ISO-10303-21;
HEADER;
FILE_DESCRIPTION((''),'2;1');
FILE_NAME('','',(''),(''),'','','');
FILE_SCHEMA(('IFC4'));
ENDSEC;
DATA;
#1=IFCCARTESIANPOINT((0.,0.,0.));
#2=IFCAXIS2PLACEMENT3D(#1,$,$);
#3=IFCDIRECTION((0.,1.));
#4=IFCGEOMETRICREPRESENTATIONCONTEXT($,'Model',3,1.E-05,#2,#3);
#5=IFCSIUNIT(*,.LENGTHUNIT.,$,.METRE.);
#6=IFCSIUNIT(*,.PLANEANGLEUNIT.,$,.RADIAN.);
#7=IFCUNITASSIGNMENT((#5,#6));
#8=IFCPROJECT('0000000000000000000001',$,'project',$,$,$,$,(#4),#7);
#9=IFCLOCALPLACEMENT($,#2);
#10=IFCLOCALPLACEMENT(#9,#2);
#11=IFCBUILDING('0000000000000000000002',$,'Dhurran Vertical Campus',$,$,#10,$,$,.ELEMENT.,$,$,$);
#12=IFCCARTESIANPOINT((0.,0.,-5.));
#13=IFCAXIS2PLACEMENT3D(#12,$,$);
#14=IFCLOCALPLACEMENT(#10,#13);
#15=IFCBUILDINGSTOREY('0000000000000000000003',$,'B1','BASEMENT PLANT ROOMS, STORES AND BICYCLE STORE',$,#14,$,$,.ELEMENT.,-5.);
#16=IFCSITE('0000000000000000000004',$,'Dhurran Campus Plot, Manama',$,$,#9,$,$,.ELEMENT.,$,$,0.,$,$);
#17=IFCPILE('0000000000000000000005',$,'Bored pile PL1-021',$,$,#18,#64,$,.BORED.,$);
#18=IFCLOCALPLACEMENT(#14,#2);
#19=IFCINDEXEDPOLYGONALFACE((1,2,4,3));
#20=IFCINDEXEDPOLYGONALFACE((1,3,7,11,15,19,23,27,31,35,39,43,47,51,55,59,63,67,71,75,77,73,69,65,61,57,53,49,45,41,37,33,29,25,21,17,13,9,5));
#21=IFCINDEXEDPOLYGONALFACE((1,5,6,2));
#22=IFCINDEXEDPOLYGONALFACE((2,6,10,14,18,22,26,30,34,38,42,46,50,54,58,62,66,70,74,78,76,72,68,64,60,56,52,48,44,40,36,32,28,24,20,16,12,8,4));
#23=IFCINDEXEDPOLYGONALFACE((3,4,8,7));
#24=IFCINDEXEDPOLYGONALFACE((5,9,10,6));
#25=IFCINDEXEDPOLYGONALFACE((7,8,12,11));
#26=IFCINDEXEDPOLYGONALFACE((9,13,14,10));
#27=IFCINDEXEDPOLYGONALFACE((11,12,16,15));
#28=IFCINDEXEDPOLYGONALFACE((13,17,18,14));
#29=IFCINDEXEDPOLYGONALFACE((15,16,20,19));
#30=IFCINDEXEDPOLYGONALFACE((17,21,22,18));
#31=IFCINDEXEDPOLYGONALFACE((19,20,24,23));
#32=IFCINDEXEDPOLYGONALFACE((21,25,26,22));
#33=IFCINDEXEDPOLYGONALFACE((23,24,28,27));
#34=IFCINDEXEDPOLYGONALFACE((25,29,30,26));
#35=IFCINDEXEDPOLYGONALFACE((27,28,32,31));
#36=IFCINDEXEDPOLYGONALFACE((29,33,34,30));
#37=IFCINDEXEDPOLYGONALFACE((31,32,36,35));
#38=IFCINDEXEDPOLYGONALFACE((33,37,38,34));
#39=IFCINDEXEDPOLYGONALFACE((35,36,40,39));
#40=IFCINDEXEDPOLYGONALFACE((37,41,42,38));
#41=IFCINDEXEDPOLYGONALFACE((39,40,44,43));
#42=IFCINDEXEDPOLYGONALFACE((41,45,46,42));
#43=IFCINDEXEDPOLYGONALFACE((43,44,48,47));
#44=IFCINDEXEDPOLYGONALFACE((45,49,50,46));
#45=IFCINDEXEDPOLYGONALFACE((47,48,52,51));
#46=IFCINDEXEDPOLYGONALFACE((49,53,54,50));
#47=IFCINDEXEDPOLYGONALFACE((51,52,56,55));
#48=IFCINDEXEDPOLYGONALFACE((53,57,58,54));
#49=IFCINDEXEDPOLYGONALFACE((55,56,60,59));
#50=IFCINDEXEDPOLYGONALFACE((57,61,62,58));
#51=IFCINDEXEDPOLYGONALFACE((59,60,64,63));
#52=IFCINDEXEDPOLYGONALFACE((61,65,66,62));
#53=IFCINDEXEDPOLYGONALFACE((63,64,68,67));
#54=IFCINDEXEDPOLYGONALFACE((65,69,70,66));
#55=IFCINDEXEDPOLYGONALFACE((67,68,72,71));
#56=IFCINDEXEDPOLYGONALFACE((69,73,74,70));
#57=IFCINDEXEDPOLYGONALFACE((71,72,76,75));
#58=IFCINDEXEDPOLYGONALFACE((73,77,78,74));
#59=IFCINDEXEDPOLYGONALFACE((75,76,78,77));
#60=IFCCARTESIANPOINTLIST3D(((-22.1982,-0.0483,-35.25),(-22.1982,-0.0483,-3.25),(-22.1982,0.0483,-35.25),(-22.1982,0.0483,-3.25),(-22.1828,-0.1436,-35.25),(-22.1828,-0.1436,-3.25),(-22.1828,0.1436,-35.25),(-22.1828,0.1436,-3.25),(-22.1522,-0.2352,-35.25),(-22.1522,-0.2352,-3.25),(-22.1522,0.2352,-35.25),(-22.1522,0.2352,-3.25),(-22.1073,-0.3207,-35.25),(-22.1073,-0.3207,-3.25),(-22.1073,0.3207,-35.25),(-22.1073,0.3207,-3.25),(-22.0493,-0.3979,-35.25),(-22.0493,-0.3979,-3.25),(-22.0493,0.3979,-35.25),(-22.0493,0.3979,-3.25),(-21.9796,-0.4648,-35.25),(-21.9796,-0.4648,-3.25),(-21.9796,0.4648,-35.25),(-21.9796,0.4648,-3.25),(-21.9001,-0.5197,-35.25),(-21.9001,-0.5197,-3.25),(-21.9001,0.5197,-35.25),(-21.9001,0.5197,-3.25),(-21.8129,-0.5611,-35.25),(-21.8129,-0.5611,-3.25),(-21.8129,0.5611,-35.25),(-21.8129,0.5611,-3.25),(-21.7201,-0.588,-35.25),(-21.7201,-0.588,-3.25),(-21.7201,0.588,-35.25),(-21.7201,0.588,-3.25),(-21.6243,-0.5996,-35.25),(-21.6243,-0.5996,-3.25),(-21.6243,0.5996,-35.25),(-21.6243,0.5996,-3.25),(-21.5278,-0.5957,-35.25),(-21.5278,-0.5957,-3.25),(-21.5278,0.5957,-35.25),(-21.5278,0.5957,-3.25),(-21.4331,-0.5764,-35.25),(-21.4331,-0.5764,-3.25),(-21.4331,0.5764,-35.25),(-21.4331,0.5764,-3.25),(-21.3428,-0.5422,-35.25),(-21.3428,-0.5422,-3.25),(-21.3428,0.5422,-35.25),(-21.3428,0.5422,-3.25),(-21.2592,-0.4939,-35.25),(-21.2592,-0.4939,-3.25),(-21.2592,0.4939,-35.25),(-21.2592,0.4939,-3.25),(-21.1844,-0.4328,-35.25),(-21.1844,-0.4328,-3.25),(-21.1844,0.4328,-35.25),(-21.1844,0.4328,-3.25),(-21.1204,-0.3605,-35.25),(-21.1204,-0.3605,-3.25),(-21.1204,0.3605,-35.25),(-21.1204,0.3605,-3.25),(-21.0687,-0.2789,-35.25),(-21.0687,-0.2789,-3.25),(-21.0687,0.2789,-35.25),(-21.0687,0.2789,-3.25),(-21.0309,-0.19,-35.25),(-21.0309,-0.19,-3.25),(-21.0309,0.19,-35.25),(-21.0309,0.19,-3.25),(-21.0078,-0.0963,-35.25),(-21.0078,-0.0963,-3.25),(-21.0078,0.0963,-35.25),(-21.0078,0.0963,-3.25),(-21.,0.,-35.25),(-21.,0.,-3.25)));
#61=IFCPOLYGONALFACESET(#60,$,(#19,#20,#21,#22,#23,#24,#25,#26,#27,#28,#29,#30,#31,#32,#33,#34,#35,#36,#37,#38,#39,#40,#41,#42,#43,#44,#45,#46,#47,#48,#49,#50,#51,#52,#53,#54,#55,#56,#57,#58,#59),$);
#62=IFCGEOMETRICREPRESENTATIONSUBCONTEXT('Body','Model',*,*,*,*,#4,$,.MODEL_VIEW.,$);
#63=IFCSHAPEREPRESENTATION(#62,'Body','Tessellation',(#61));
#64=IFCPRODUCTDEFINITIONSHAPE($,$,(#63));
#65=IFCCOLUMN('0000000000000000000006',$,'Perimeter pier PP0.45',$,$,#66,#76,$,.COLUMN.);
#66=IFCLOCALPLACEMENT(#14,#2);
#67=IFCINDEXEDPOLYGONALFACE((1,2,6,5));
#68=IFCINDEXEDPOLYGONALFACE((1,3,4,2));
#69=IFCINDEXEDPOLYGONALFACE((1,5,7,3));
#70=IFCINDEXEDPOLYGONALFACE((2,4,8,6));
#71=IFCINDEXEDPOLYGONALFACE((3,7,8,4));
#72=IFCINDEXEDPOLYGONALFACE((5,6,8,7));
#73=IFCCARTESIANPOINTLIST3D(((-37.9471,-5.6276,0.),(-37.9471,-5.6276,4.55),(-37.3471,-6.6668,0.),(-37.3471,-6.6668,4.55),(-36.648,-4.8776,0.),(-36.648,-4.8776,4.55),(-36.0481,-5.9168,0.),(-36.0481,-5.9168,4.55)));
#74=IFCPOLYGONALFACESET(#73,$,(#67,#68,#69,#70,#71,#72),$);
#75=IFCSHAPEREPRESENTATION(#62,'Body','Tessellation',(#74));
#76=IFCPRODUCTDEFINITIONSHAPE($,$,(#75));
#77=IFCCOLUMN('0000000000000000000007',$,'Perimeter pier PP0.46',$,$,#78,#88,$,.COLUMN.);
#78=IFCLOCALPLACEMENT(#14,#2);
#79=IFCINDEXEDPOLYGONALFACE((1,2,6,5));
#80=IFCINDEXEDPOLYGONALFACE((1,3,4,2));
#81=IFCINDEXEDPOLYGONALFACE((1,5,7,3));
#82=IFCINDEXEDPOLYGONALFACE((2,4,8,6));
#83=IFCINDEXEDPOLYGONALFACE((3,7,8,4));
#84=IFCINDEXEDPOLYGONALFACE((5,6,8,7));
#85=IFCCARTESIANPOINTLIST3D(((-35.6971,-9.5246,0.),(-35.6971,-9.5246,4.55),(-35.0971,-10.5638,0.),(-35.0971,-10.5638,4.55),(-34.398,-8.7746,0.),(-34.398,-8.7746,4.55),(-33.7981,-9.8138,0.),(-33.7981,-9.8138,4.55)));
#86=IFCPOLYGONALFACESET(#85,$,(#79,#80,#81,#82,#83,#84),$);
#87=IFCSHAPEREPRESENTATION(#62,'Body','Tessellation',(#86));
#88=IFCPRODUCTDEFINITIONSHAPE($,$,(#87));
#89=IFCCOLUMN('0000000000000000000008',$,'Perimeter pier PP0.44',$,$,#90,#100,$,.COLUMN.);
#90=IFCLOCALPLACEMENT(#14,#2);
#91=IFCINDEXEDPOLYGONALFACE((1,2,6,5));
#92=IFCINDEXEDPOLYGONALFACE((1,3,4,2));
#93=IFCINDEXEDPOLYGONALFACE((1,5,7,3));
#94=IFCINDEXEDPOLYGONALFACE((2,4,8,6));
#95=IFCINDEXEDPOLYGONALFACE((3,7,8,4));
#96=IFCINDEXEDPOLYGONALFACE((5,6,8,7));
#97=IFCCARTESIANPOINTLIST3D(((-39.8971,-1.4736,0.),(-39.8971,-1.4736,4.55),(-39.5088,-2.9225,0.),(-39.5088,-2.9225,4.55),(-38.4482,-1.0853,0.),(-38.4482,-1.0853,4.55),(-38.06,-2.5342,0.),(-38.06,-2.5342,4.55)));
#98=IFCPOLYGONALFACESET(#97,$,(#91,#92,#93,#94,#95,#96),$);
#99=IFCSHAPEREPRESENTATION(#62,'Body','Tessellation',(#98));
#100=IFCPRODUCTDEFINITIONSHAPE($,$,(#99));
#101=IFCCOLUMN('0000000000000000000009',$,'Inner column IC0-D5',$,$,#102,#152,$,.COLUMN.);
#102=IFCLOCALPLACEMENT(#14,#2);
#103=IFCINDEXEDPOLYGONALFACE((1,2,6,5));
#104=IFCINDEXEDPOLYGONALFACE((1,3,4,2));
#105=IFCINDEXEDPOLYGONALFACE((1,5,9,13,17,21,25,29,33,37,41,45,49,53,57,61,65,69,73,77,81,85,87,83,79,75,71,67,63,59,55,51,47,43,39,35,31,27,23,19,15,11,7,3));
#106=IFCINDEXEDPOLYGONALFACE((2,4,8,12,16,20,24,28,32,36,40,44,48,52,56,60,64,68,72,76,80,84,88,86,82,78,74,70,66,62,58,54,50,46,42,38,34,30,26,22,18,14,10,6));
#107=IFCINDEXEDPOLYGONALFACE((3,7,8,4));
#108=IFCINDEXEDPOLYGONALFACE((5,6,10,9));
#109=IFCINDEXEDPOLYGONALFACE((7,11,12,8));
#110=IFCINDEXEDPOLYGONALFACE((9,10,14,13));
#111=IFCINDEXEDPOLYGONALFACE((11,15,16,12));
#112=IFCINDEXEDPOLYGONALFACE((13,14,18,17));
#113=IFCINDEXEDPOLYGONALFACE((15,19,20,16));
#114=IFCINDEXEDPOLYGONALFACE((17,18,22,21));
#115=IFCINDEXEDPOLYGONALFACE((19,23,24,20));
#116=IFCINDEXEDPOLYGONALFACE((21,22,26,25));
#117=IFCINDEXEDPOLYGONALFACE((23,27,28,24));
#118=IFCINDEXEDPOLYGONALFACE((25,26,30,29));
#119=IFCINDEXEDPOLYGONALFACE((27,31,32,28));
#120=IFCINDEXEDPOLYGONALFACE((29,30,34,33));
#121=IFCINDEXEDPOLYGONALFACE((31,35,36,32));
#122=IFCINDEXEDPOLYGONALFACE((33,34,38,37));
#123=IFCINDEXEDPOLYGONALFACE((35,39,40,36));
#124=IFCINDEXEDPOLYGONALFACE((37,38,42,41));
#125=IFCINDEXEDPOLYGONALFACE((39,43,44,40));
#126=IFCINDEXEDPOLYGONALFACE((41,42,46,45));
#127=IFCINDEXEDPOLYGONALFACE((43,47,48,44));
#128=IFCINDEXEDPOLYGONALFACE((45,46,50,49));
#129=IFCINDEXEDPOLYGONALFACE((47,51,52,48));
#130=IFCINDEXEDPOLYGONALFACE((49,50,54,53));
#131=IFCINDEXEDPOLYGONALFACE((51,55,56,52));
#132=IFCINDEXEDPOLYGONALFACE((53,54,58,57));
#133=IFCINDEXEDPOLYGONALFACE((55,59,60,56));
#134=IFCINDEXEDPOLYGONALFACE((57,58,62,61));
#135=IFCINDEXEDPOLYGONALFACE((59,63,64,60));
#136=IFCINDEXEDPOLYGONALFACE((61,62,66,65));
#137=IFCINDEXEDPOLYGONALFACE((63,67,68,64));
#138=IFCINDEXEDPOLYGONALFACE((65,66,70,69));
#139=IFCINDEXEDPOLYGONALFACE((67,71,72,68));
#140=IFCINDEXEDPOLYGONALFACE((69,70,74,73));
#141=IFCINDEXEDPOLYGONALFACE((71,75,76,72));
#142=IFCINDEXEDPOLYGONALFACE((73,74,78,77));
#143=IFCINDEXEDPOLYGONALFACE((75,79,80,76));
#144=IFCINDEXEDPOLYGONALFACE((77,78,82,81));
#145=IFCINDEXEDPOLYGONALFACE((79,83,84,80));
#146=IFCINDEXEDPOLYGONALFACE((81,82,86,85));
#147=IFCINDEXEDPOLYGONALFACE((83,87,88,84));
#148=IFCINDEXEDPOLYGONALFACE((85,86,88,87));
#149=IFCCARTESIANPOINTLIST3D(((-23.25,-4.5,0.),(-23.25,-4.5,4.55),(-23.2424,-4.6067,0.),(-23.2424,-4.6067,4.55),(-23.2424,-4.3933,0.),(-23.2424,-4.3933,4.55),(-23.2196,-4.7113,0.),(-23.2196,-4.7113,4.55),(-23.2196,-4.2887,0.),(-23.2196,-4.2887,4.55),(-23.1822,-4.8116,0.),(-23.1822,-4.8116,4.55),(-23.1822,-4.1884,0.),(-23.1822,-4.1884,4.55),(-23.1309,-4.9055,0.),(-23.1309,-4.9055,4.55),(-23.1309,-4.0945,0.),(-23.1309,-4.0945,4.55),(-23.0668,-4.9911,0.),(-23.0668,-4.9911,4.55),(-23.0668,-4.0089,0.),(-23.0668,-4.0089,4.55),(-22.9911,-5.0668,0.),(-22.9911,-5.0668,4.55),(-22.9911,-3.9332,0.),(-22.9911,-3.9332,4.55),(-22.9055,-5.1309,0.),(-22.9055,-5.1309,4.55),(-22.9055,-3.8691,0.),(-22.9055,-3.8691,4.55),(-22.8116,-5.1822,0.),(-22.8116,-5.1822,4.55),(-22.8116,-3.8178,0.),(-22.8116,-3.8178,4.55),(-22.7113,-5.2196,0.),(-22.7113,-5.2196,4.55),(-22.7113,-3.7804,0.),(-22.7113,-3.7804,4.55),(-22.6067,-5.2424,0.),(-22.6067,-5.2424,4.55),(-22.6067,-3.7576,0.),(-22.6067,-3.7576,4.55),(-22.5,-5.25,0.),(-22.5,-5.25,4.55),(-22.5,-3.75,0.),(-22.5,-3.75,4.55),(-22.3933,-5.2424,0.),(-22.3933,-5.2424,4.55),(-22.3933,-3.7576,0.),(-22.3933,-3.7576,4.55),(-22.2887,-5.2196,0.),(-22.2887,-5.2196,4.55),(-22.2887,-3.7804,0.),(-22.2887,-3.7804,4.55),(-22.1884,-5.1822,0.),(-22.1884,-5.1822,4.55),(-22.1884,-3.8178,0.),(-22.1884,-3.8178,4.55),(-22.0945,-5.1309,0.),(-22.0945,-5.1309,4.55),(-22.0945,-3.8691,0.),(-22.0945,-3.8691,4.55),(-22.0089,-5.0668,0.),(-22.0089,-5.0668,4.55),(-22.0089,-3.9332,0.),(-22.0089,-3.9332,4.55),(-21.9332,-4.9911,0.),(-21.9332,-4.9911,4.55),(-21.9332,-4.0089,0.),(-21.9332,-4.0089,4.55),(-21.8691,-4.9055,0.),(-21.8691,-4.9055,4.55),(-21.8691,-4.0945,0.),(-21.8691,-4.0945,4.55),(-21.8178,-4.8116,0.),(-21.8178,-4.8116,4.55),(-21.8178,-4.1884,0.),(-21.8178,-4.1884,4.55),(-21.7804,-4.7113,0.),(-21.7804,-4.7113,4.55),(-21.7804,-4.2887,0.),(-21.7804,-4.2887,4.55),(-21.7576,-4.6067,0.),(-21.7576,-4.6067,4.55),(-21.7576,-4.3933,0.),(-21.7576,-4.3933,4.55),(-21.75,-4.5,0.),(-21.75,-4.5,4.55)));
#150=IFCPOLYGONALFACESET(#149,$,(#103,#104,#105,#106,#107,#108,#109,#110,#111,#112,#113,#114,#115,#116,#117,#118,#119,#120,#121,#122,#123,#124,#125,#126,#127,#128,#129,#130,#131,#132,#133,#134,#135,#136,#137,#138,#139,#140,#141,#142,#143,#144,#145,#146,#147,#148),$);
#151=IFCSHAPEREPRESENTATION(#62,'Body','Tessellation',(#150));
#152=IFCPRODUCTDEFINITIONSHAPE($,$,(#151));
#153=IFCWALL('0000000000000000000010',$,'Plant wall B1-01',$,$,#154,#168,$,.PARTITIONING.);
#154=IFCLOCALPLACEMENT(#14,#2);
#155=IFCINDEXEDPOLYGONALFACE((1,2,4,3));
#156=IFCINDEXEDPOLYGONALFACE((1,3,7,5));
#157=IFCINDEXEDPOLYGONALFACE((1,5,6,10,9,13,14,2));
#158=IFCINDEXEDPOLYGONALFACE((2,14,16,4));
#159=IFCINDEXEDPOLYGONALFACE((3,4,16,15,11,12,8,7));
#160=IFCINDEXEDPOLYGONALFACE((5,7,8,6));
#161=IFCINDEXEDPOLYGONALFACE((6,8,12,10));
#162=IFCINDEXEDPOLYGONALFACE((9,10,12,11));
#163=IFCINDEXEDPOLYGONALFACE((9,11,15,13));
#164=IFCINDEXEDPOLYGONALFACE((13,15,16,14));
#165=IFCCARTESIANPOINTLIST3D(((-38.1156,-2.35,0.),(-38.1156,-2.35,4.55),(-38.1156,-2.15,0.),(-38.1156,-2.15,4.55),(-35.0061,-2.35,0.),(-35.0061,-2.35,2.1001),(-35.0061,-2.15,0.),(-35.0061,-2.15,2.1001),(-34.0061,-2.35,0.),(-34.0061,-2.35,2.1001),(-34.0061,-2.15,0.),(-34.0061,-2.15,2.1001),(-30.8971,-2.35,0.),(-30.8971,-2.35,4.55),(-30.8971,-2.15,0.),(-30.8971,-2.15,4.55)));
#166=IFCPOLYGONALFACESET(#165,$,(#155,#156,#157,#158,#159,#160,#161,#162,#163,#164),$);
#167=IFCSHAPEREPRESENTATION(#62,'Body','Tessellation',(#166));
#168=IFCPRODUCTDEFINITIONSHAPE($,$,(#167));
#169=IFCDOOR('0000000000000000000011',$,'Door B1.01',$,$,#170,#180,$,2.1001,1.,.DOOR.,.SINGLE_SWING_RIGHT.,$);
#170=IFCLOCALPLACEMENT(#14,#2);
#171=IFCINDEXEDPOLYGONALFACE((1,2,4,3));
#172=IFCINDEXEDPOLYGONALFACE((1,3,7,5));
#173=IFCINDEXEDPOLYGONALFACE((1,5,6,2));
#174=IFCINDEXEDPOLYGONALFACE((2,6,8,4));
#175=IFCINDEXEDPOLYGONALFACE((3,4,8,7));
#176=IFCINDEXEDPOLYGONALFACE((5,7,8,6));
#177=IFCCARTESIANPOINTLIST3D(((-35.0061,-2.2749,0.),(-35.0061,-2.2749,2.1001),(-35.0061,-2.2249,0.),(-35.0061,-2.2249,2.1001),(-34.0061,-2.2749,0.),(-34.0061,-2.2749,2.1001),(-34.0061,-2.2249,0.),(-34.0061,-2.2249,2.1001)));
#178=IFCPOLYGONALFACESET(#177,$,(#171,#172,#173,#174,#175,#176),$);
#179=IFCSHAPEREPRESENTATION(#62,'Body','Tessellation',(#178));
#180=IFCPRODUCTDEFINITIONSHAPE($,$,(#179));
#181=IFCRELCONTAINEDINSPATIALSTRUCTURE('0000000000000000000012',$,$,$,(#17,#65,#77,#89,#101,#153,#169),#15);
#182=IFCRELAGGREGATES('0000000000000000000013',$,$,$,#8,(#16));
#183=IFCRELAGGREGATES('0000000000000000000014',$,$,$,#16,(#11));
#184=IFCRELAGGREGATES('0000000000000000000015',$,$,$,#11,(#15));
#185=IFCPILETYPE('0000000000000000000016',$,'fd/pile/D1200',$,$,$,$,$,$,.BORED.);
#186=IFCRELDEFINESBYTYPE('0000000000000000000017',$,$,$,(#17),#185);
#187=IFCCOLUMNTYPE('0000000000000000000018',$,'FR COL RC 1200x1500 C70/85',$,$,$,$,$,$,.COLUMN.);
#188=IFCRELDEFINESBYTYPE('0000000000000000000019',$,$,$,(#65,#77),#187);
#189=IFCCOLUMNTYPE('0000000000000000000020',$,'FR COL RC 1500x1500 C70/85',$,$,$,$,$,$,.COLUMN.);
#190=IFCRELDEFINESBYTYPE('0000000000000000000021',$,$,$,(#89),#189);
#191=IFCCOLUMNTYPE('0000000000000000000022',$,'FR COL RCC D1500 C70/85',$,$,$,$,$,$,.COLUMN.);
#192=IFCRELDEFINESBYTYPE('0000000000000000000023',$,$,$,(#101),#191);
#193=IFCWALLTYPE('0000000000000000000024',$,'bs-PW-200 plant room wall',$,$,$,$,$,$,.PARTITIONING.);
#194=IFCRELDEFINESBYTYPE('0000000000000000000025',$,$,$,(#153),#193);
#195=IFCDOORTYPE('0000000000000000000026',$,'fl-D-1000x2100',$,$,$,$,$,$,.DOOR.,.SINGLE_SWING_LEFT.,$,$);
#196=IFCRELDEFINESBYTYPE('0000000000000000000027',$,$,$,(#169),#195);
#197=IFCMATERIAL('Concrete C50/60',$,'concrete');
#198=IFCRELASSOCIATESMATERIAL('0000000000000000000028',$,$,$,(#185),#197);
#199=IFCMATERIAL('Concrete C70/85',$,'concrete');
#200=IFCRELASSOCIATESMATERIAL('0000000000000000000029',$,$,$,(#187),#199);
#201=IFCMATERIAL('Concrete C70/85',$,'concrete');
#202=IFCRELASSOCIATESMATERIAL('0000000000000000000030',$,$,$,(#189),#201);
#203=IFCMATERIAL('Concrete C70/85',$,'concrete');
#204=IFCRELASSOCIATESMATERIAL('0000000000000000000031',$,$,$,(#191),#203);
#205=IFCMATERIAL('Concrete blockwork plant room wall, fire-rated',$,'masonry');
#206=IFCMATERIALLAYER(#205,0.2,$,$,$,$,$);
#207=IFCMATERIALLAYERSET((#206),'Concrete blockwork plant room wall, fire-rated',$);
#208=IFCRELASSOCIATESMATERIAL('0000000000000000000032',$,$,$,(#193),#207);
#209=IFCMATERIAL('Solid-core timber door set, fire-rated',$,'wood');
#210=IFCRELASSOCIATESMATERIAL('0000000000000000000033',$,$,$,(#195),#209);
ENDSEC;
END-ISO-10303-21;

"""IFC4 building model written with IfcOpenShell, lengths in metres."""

from ifc_helpers import new_model, si_unit, direction, frame, frame_2d, origin, origin_2d, place, context, subcontext, project, spatial, rectangle, circle, extrude, material, layer, layer_set, material_profile, profile_set, type_object, element, fill, save


model = new_model("IFC4")

# Units and contexts
model_context = context("Model", 3, precision=1e-05, world=origin(), true_north=direction((0.0, 1.0)))
body_context = subcontext(model_context, "Body", "Model", "MODEL_VIEW")
ifc_project = project(units=[si_unit("LENGTHUNIT", "METRE"), si_unit("PLANEANGLEUNIT", "RADIAN")], contexts=[model_context])

# Site, building, storey
site_placement = place(None, origin())
site = spatial("IfcSite", under=ifc_project, at=site_placement, Name="Dhurran Campus Plot, Manama", CompositionType="ELEMENT", RefElevation=0.0)
building_placement = place(site_placement, origin())
building = spatial("IfcBuilding", under=site, at=building_placement, Name="Dhurran Vertical Campus", CompositionType="ELEMENT")
storey_placement = place(building_placement, frame((0.0, 0.0, -5.0)))
storey = spatial("IfcBuildingStorey", under=building, at=storey_placement, Name="B1", Description="BASEMENT PLANT ROOMS, STORES AND BICYCLE STORE", CompositionType="ELEMENT", Elevation=-5.0)

# Pile
ifc_material_1 = material(Name="Concrete C50/60", Category="concrete")
ifc_material_profile_1 = material_profile(ifc_material_1, circle(Radius=0.6001, at=origin_2d()), Name="fd/pile/D1200")
ifc_profile_set_1 = profile_set([ifc_material_profile_1], Name="Concrete C50/60")
pile_type = type_object("IfcPileType", Name="fd/pile/D1200", PredefinedType="BORED", material=ifc_profile_set_1)
for number, where, z_axis, x_axis, name in (
    (1, (-21.6001, 0.0, -3.25), (0.0, 0.0, -1.0), (1.0, 0.0, 0.0), "Bored pile PL1-021"),
):
    element("IfcPile", number, at=place(storey_placement, frame(where, z_axis=z_axis, x_axis=x_axis)), inside=storey, type_object=pile_type, Name=name, PredefinedType="BORED", context=body_context, shape_type="SweptSolid", body=[
        extrude(circle(Radius=0.6001, at=origin_2d()), origin(), (0.0, 0.0, 1.0), 32.0),
    ])

# Columns
ifc_material_2 = material(Name="Concrete C70/85", Category="concrete")
ifc_material_profile_2 = material_profile(ifc_material_2, rectangle(XDim=1.2, YDim=1.5, at=origin_2d()), Name="RC 1200x1500")
ifc_profile_set_2 = profile_set([ifc_material_profile_2], Name="Concrete C70/85")
column_type_1 = type_object("IfcColumnType", Name="FR COL RC 1200x1500 C70/85", PredefinedType="COLUMN", material=ifc_profile_set_2)
for number, where, z_axis, x_axis, name in (
    (2, (-36.9976, -5.7722, 0.0), (0.0, 0.0, 1.0), (0.5, -0.866025, 0.0), "Perimeter pier PP0.45"),
    (3, (-34.7476, -9.6692, 0.0), (0.0, 0.0, 1.0), (0.5, -0.866025, 0.0), "Perimeter pier PP0.46"),
):
    element("IfcColumn", number, at=place(storey_placement, frame(where, z_axis=z_axis, x_axis=x_axis)), inside=storey, type_object=column_type_1, Name=name, PredefinedType="COLUMN", context=body_context, shape_type="SweptSolid", body=[
        extrude(rectangle(XDim=1.2, YDim=1.5, at=origin_2d()), origin(), (0.0, 0.0, 1.0), 4.55),
    ])
ifc_material_3 = material(Name="Concrete C70/85", Category="concrete")
ifc_material_profile_3 = material_profile(ifc_material_3, rectangle(XDim=1.5, YDim=1.5, at=origin_2d()), Name="RC 1500x1500")
ifc_profile_set_3 = profile_set([ifc_material_profile_3], Name="Concrete C70/85")
column_type_2 = type_object("IfcColumnType", Name="FR COL RC 1500x1500 C70/85", PredefinedType="COLUMN", material=ifc_profile_set_3)
column_1_placement = place(storey_placement, frame((-38.9785, -2.0039, 0.0), z_axis=(0.0, 0.0, 1.0), x_axis=(0.258819, -0.965926, 0.0)))
element("IfcColumn", 4, at=column_1_placement, inside=storey, type_object=column_type_2, Name="Perimeter pier PP0.44", PredefinedType="COLUMN", context=body_context, shape_type="SweptSolid", body=[
    extrude(rectangle(XDim=1.5, YDim=1.5, at=origin_2d()), origin(), (0.0, 0.0, 1.0), 4.55),
])
ifc_material_4 = material(Name="Concrete C70/85", Category="concrete")
ifc_material_profile_4 = material_profile(ifc_material_4, circle(Radius=0.75, at=origin_2d()), Name="RCC D1500")
ifc_profile_set_4 = profile_set([ifc_material_profile_4], Name="Concrete C70/85")
column_type_3 = type_object("IfcColumnType", Name="FR COL RCC D1500 C70/85", PredefinedType="COLUMN", material=ifc_profile_set_4)
column_2_placement = place(storey_placement, frame((-22.5, -4.5, 0.0), z_axis=(0.0, 0.0, 1.0), x_axis=(1.0, 0.0, 0.0)))
element("IfcColumn", 5, at=column_2_placement, inside=storey, type_object=column_type_3, Name="Inner column IC0-D5", PredefinedType="COLUMN", context=body_context, shape_type="SweptSolid", body=[
    extrude(circle(Radius=0.75, at=origin_2d()), origin(), (0.0, 0.0, 1.0), 4.55),
])

# Wall, opening, door
ifc_material_5 = material(Name="Concrete blockwork plant room wall, fire-rated", Category="masonry")
ifc_layer = layer(ifc_material_5, 0.2)
ifc_layer_set = layer_set([ifc_layer], Name="Concrete blockwork plant room wall, fire-rated")
wall_type = type_object("IfcWallType", Name="bs-PW-200 plant room wall", PredefinedType="PARTITIONING", material=ifc_layer_set)
wall_1_placement = place(storey_placement, frame((-30.897, -2.25, 0.0), z_axis=(0.0, 0.0, 1.0), x_axis=(-1.0, 0.0, 0.0)))
wall_1 = element("IfcWall", 6, at=wall_1_placement, inside=storey, type_object=wall_type, Name="Plant wall B1-01", PredefinedType="PARTITIONING", context=body_context, shape_type="SweptSolid", body=[
    extrude(rectangle(XDim=7.2185, YDim=0.2, at=frame_2d((3.6094, 0.0))), origin(), (0.0, 0.0, 1.0), 4.55),
])
opening_1_placement = place(wall_1_placement, frame((3.1091, 0.0, 0.0)))
opening_1 = element("IfcOpeningElement", 7, at=opening_1_placement, cuts=wall_1, PredefinedType="OPENING", context=body_context, shape_type="SweptSolid", body=[
    extrude(rectangle(XDim=1.0, YDim=2.1001, at=frame_2d((0.5, 1.05))), frame((0.0, 0.1099, 0.0), z_axis=(0.0, -1.0, 0.0), x_axis=(1.0, 0.0, 0.0)), (0.0, 0.0, 1.0), 0.22),
])
ifc_material_6 = material(Name="Solid-core timber door set, fire-rated", Category="wood")
door_type = type_object("IfcDoorType", Name="fl-D-1000x2100", OperationType="SINGLE_SWING_LEFT", PredefinedType="DOOR", material=ifc_material_6)
door_1_placement = place(opening_1_placement, origin())
door_1 = element("IfcDoor", 8, at=door_1_placement, inside=storey, type_object=door_type, Name="Door B1.01", OperationType="SINGLE_SWING_RIGHT", OverallHeight=2.1001, OverallWidth=1.0, PredefinedType="DOOR", context=body_context, shape_type="SweptSolid", body=[
    extrude(rectangle(XDim=1.0, YDim=2.1001, at=frame_2d((0.5, 1.05))), frame((0.0, 0.0249, 0.0), z_axis=(0.0, -1.0, 0.0), x_axis=(1.0, 0.0, 0.0)), (0.0, 0.0, 1.0), 0.05),
])
fill(opening_1, door_1)

save(model, "model.ifc")
